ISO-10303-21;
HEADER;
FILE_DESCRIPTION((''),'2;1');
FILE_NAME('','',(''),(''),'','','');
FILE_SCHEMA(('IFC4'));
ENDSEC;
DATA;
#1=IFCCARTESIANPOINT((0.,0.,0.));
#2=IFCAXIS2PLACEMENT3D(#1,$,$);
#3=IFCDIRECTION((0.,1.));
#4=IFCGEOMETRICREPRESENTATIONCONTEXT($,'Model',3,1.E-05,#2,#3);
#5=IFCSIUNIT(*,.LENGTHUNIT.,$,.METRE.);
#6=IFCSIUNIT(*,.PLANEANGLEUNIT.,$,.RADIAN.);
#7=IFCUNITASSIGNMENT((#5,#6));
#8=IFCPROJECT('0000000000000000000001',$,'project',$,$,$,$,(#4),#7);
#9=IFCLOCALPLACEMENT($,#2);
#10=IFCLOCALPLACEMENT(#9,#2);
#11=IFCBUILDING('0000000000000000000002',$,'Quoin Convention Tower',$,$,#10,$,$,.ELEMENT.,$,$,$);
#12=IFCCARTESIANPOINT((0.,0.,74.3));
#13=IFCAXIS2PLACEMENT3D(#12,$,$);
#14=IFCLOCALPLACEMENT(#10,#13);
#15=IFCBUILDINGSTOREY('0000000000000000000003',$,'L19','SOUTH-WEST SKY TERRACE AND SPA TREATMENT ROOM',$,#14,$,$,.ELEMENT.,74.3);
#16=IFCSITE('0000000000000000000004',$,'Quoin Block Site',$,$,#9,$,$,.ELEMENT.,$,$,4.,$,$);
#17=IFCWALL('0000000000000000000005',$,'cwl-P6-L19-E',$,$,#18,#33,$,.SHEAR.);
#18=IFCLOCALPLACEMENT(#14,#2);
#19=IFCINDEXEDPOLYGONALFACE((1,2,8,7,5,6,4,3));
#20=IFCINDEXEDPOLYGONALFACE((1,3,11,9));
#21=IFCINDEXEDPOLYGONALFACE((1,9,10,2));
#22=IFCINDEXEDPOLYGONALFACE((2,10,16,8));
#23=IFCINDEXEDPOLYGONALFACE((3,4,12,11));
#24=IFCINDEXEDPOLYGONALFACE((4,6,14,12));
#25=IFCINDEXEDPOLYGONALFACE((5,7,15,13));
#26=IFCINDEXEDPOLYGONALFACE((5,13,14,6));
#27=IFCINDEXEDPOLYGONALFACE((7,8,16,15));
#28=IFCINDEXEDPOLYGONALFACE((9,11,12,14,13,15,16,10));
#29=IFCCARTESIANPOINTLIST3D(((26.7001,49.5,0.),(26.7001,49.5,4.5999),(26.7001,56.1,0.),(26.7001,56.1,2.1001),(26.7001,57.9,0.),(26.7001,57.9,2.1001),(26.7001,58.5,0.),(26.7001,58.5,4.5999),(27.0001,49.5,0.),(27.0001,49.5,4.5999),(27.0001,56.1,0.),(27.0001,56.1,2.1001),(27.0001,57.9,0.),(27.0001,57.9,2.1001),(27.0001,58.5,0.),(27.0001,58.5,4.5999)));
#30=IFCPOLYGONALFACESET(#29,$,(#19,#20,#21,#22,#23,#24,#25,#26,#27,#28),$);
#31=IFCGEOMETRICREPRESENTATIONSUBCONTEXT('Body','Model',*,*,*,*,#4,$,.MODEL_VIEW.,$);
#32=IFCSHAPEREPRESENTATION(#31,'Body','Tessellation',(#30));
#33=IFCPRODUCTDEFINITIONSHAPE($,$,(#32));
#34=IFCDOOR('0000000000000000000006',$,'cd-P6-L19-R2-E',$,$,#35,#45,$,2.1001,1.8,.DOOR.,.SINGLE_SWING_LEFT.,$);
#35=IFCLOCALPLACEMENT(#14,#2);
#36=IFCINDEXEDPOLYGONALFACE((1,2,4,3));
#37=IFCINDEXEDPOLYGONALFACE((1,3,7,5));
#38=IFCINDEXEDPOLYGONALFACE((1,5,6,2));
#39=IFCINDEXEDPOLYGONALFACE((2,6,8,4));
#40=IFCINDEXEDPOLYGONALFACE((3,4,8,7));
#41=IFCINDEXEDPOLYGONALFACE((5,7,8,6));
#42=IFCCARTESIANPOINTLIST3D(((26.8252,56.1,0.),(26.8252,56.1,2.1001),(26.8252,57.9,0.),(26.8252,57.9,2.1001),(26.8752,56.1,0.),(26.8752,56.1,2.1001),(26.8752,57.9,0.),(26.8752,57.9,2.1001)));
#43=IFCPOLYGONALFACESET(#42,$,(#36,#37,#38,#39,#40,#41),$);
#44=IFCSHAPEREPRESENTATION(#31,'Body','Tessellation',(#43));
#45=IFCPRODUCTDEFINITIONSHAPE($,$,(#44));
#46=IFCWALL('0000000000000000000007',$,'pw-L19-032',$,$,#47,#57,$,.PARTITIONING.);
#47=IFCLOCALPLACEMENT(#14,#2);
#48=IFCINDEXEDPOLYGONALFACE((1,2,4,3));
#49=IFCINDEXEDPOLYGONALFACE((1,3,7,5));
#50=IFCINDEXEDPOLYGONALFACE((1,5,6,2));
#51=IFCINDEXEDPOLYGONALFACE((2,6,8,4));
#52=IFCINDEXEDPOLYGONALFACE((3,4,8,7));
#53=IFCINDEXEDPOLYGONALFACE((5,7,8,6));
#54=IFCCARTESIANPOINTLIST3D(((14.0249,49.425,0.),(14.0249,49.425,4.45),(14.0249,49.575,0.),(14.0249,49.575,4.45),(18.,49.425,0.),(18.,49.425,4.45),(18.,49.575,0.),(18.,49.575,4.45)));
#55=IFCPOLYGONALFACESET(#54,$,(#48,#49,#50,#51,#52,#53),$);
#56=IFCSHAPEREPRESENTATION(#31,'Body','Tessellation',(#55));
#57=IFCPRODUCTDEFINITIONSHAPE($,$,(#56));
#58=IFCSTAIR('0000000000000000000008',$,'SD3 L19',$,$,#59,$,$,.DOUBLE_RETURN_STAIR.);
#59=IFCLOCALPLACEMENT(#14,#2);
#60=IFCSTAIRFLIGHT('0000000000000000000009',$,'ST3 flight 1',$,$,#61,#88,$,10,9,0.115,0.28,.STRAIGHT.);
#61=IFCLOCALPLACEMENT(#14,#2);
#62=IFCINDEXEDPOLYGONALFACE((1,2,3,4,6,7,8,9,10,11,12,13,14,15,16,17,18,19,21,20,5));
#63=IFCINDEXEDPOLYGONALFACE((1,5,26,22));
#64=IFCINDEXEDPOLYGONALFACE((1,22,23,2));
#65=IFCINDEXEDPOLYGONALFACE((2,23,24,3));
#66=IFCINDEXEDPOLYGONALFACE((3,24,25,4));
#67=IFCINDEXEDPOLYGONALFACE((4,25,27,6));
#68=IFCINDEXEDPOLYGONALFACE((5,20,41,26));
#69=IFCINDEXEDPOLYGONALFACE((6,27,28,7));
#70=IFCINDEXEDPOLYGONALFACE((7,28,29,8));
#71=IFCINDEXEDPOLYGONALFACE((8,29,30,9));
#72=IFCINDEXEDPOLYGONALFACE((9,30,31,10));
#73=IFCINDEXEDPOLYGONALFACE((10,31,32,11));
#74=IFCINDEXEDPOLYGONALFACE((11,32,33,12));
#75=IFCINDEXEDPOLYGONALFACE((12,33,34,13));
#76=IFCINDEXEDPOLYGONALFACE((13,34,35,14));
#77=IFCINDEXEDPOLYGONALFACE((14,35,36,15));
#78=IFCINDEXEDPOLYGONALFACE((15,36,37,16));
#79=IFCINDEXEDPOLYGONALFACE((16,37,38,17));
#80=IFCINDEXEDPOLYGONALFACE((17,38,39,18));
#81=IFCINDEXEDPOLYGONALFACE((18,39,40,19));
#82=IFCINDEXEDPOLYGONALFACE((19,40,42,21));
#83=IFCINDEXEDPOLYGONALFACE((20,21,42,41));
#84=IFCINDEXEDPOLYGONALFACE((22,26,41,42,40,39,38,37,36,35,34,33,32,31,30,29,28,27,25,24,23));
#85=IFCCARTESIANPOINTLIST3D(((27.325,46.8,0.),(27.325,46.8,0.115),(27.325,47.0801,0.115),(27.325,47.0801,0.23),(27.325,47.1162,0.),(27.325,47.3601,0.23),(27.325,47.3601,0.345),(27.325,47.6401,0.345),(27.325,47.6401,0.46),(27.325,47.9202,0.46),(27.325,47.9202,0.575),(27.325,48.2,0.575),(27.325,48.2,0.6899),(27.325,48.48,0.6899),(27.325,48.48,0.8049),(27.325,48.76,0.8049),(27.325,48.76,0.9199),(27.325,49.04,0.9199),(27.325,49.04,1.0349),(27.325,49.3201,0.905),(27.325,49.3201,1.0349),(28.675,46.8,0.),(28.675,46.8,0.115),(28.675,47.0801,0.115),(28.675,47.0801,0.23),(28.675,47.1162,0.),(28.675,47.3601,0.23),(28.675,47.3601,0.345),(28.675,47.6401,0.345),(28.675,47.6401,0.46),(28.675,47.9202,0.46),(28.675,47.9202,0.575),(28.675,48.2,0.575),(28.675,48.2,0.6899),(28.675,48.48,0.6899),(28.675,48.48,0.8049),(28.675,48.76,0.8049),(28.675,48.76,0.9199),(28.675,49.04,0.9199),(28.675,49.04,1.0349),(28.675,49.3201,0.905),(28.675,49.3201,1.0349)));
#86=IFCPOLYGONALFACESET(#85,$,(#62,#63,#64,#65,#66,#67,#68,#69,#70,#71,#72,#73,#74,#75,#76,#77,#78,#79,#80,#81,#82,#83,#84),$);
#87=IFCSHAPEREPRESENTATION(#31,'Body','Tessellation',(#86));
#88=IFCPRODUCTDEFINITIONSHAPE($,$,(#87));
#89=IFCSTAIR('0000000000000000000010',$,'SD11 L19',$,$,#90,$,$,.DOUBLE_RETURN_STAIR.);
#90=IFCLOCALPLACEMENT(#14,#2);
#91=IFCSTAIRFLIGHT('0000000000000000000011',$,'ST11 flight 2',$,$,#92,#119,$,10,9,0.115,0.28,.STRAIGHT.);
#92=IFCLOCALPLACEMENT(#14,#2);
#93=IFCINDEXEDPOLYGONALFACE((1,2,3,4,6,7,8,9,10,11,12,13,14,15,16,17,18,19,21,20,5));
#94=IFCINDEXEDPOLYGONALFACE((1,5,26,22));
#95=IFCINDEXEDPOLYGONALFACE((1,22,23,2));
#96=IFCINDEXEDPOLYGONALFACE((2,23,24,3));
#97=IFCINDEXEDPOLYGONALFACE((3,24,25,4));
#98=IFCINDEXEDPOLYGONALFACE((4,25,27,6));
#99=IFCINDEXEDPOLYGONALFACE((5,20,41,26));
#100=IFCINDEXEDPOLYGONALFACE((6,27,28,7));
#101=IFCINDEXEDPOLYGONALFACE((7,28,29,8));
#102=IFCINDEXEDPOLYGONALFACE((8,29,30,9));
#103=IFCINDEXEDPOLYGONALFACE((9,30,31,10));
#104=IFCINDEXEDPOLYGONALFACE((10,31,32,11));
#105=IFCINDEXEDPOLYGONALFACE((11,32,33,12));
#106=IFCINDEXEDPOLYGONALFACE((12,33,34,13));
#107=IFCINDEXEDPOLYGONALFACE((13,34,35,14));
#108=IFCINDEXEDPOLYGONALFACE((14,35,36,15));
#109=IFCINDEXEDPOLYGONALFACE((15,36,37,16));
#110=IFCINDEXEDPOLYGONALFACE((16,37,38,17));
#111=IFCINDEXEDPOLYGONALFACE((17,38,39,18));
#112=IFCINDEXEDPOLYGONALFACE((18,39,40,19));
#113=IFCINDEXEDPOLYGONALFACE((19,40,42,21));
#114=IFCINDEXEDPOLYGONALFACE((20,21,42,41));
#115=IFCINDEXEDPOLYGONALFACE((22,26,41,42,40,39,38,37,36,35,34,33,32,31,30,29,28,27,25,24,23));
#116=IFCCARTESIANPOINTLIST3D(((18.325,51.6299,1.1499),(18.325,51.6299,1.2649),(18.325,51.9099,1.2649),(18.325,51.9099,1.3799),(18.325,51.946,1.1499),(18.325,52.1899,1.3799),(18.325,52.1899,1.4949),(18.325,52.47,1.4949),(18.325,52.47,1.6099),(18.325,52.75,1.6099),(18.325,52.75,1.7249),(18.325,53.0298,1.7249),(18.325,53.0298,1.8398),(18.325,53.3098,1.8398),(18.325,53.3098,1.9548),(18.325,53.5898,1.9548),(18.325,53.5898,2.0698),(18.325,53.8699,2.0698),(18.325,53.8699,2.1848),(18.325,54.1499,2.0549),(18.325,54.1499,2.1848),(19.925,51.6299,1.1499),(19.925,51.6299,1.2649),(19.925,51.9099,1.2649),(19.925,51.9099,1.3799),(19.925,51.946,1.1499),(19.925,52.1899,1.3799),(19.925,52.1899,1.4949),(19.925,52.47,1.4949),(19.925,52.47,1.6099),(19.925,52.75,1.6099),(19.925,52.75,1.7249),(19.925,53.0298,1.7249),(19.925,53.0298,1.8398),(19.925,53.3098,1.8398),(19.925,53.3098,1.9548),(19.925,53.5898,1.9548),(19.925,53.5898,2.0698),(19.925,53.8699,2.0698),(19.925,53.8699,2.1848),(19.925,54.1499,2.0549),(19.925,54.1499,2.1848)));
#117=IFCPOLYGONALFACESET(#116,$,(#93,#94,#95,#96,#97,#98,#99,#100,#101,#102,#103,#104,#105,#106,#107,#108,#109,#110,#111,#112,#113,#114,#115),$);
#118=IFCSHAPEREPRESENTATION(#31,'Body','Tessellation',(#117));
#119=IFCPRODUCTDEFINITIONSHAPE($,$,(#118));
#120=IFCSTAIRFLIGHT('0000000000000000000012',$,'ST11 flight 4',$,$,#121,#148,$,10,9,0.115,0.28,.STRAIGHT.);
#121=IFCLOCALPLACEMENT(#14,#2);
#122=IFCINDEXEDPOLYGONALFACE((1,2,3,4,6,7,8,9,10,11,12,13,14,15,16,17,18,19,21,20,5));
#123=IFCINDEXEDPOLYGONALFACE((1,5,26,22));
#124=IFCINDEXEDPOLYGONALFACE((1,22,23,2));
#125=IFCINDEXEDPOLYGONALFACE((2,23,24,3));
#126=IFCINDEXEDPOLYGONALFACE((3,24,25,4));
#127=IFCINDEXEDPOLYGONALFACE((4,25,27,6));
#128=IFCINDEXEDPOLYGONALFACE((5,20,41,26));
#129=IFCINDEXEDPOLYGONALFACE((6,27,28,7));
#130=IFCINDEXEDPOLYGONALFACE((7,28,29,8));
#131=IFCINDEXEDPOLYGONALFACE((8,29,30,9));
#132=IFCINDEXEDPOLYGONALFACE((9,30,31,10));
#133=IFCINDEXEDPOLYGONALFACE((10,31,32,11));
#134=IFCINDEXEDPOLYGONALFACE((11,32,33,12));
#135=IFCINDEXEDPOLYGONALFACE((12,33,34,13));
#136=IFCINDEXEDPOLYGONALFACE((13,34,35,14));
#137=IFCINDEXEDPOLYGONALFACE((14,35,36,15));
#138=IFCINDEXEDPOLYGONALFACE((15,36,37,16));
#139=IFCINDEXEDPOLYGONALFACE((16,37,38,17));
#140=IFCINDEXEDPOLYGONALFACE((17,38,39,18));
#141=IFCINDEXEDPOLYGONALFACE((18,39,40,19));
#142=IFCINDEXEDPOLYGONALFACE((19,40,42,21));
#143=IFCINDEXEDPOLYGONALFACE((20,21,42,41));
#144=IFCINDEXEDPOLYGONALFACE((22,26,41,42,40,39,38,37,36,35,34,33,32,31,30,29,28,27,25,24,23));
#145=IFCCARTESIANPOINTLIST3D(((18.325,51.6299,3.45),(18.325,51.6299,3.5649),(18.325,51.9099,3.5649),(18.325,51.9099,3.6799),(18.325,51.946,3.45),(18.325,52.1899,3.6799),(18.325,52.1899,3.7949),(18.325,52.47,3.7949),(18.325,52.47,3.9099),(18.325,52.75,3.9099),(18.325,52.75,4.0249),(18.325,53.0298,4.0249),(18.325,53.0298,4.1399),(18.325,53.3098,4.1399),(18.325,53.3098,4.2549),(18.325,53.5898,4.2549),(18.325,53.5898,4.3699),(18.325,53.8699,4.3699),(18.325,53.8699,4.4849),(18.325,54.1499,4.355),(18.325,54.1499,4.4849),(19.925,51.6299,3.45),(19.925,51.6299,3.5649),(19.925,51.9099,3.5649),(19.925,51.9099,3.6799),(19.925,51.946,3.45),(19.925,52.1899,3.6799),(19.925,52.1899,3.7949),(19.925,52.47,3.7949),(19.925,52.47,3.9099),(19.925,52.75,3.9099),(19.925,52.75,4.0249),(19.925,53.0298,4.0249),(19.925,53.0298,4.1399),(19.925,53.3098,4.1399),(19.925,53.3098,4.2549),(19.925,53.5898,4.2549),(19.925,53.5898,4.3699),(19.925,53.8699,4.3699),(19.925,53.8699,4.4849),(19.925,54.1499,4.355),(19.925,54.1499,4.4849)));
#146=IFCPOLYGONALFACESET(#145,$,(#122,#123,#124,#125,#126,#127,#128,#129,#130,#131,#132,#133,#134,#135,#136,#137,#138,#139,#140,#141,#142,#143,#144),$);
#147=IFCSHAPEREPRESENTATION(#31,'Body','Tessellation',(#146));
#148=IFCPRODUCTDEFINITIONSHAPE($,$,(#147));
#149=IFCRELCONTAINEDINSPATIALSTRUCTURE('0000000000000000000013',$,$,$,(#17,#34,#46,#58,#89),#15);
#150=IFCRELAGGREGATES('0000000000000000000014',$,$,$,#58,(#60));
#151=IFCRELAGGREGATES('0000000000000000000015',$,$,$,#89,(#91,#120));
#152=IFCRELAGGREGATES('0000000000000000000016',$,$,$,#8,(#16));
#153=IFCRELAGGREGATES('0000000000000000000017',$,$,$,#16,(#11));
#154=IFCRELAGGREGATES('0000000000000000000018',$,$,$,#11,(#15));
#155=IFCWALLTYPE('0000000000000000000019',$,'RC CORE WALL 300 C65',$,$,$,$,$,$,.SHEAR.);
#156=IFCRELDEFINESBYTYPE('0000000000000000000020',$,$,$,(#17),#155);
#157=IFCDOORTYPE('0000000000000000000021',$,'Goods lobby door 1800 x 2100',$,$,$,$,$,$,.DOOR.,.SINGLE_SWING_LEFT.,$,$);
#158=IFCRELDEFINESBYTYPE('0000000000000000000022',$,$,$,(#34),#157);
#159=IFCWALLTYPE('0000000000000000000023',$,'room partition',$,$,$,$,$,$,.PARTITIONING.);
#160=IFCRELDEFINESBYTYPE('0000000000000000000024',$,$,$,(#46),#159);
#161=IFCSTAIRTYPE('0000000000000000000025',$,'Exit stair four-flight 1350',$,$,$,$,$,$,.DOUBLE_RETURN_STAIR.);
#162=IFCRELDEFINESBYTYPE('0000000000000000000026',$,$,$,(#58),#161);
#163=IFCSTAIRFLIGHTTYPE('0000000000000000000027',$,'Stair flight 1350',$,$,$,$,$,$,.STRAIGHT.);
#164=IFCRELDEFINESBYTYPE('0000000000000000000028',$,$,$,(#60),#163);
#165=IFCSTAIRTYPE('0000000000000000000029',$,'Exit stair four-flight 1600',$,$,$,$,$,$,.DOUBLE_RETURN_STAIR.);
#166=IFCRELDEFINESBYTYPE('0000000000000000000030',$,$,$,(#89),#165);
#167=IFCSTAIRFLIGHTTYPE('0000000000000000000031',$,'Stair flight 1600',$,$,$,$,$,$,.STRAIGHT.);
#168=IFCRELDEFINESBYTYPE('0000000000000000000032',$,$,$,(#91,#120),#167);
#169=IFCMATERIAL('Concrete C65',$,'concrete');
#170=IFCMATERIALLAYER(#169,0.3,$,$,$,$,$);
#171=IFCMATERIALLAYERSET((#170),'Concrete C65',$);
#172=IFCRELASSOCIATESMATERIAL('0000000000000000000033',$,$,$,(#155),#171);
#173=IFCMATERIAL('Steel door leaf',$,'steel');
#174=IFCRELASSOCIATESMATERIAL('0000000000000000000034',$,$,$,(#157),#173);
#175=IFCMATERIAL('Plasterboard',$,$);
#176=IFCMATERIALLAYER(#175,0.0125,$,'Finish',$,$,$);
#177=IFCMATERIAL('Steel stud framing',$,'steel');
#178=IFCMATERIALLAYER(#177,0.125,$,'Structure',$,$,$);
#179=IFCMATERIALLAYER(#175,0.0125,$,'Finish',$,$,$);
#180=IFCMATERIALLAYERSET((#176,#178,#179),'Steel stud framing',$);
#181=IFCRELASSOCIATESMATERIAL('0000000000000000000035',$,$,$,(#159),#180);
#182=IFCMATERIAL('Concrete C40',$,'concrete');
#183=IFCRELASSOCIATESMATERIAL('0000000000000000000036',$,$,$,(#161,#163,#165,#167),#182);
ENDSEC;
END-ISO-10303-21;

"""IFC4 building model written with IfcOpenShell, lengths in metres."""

from ifc_helpers import new_model, si_unit, direction, frame, frame_2d, origin, place, context, subcontext, project, spatial, polyline, rectangle, outline, extrude, material, layer, layer_set, type_object, element, fill, aggregate, save


model = new_model("IFC4")

# Units and contexts
model_context = context("Model", 3, precision=1e-05, world=origin(), true_north=direction((0.0, 1.0)))
body_context = subcontext(model_context, "Body", "Model", "MODEL_VIEW")
ifc_project = project(units=[si_unit("LENGTHUNIT", "METRE"), si_unit("PLANEANGLEUNIT", "RADIAN")], contexts=[model_context])

# Site, building, storey
site_placement = place(None, origin())
site = spatial("IfcSite", under=ifc_project, at=site_placement, Name="Quoin Block Site", CompositionType="ELEMENT", RefElevation=4.0)
building_placement = place(site_placement, origin())
building = spatial("IfcBuilding", under=site, at=building_placement, Name="Quoin Convention Tower", CompositionType="ELEMENT")
storey_placement = place(building_placement, frame((0.0, 0.0, 74.3)))
storey = spatial("IfcBuildingStorey", under=building, at=storey_placement, Name="L19", Description="SOUTH-WEST SKY TERRACE AND SPA TREATMENT ROOM", CompositionType="ELEMENT", Elevation=74.3)

# Shared definitions
ifc_material_1 = material(Name="Concrete C65", Category="concrete")

# Shared definitions
ifc_layer_1 = layer(ifc_material_1, 0.3)
ifc_layer_set_1 = layer_set([ifc_layer_1], Name="Concrete C65")
wall_type_1 = type_object("IfcWallType", Name="RC CORE WALL 300 C65", PredefinedType="SHEAR", material=ifc_layer_set_1)
ifc_material_2 = material(Name="Steel door leaf", Category="steel")

# Wall, opening, door
wall_1_placement = place(storey_placement, frame((26.8501, 49.5, 0.0), z_axis=(0.0, 0.0, 1.0), x_axis=(0.0, 1.0, 0.0)))
wall_1 = element("IfcWall", 1, at=wall_1_placement, inside=storey, type_object=wall_type_1, Name="cwl-P6-L19-E", PredefinedType="SHEAR", context=body_context, shape_type="SweptSolid", body=[
    extrude(rectangle(XDim=9.0, YDim=0.3, at=frame_2d((4.5, 0.0))), origin(), (0.0, 0.0, 1.0), 4.5999),
])
opening_1_placement = place(wall_1_placement, frame((6.6001, 0.0, 0.0)))
opening_1 = element("IfcOpeningElement", 2, at=opening_1_placement, cuts=wall_1, PredefinedType="OPENING", context=body_context, shape_type="SweptSolid", body=[
    extrude(rectangle(XDim=1.8, YDim=2.1001, at=frame_2d((0.8999, 1.05))), frame((0.0, 0.1599, 0.0), z_axis=(0.0, -1.0, 0.0), x_axis=(1.0, 0.0, 0.0)), (0.0, 0.0, 1.0), 0.3201),
])
door_type_1 = type_object("IfcDoorType", Name="Goods lobby door 1800 x 2100", OperationType="SINGLE_SWING_LEFT", PredefinedType="DOOR", material=ifc_material_2)
door_1_placement = place(opening_1_placement, origin())
door_1 = element("IfcDoor", 3, at=door_1_placement, inside=storey, type_object=door_type_1, Name="cd-P6-L19-R2-E", OperationType="SINGLE_SWING_LEFT", OverallHeight=2.1001, OverallWidth=1.8, PredefinedType="DOOR", context=body_context, shape_type="SweptSolid", body=[
    extrude(rectangle(XDim=1.8, YDim=2.1001, at=frame_2d((0.8999, 1.05))), frame((0.0, 0.0249, 0.0), z_axis=(0.0, -1.0, 0.0), x_axis=(1.0, 0.0, 0.0)), (0.0, 0.0, 1.0), 0.05),
])
fill(opening_1, door_1)

# Wall
ifc_material_3 = material(Name="Plasterboard")
ifc_layer_2 = layer(ifc_material_3, 0.0125, Name="Finish")
ifc_material_4 = material(Name="Steel stud framing", Category="steel")
ifc_layer_3 = layer(ifc_material_4, 0.125, Name="Structure")
ifc_layer_4 = layer(ifc_material_3, 0.0125, Name="Finish")
ifc_layer_set_2 = layer_set([ifc_layer_2, ifc_layer_3, ifc_layer_4], Name="Steel stud framing")
wall_type_2 = type_object("IfcWallType", Name="room partition", PredefinedType="PARTITIONING", material=ifc_layer_set_2)
wall_2_placement = place(storey_placement, frame((14.0249, 49.5, 0.0), z_axis=(0.0, 0.0, 1.0), x_axis=(1.0, 0.0, 0.0)))
element("IfcWall", 4, at=wall_2_placement, inside=storey, type_object=wall_type_2, Name="pw-L19-032", PredefinedType="PARTITIONING", context=body_context, shape_type="SweptSolid", body=[
    extrude(rectangle(XDim=3.9751, YDim=0.1499, at=frame_2d((1.9875, 0.0))), origin(), (0.0, 0.0, 1.0), 4.45),
])

# Stair, stair flight
ifc_material_5 = material(Name="Concrete C40", Category="concrete")
stair_type_1 = type_object("IfcStairType", Name="Exit stair four-flight 1350", PredefinedType="DOUBLE_RETURN_STAIR", material=ifc_material_5)
stair_1_placement = place(storey_placement, origin())
stair_1 = element("IfcStair", 5, at=stair_1_placement, inside=storey, type_object=stair_type_1, Name="SD3 L19", PredefinedType="DOUBLE_RETURN_STAIR")
stair_flight_type_1 = type_object("IfcStairFlightType", Name="Stair flight 1350", PredefinedType="STRAIGHT", material=ifc_material_5)
stair_flight_1_placement = place(storey_placement, frame((28.0, 46.8, 0.0), z_axis=(0.0, 0.0, 1.0), x_axis=(0.0, 1.0, 0.0)))
stair_flight_1 = element("IfcStairFlight", 6, at=stair_flight_1_placement, type_object=stair_flight_type_1, Name="ST3 flight 1", NumberOfRisers=10, NumberOfTreads=9, PredefinedType="STRAIGHT", RiserHeight=0.115, TreadLength=0.28, context=body_context, shape_type="SweptSolid", body=[
    extrude(outline(polyline([(0.0, 0.0), (0.0, 0.115), (0.28, 0.115), (0.28, 0.23), (0.5601, 0.23), (0.5601, 0.345), (0.8401, 0.345), (0.8401, 0.46), (1.1201, 0.46), (1.1201, 0.575), (1.3999, 0.575), (1.3999, 0.6899), (1.6799, 0.6899), (1.6799, 0.8049), (1.96, 0.8049), (1.96, 0.9199), (2.24, 0.9199), (2.24, 1.0349), (2.52, 1.0349), (2.52, 1.1499), (2.52, 0.905), (0.3162, 0.0), (0.0, 0.0)])), frame((0.0, 0.675, 0.0), z_axis=(0.0, -1.0, 0.0), x_axis=(1.0, 0.0, 0.0)), (0.0, 0.0, 1.0), 1.3501),
])
aggregate(stair_1, [stair_flight_1])

# Stair, stair flights
stair_type_2 = type_object("IfcStairType", Name="Exit stair four-flight 1600", PredefinedType="DOUBLE_RETURN_STAIR", material=ifc_material_5)
stair_2_placement = place(storey_placement, origin())
stair_2 = element("IfcStair", 7, at=stair_2_placement, inside=storey, type_object=stair_type_2, Name="SD11 L19", PredefinedType="DOUBLE_RETURN_STAIR")
stair_flight_type_2 = type_object("IfcStairFlightType", Name="Stair flight 1600", PredefinedType="STRAIGHT", material=ifc_material_5)
stair_flight_2_placement = place(storey_placement, frame((19.125, 51.6299, 1.1499), z_axis=(0.0, 0.0, 1.0), x_axis=(0.0, 1.0, 0.0)))
stair_flight_2 = element("IfcStairFlight", 8, at=stair_flight_2_placement, type_object=stair_flight_type_2, Name="ST11 flight 2", NumberOfRisers=10, NumberOfTreads=9, PredefinedType="STRAIGHT", RiserHeight=0.115, TreadLength=0.28, context=body_context, shape_type="SweptSolid", body=[
    extrude(outline(polyline([(0.0, 0.0), (0.0, 0.115), (0.28, 0.115), (0.28, 0.23), (0.5601, 0.23), (0.5601, 0.345), (0.8401, 0.345), (0.8401, 0.46), (1.1201, 0.46), (1.1201, 0.575), (1.3999, 0.575), (1.3999, 0.6899), (1.6799, 0.6899), (1.6799, 0.8049), (1.96, 0.8049), (1.96, 0.9199), (2.24, 0.9199), (2.24, 1.0349), (2.52, 1.0349), (2.52, 1.1499), (2.52, 0.905), (0.3162, 0.0), (0.0, 0.0)])), frame((0.0, 0.8, 0.0), z_axis=(0.0, -1.0, 0.0), x_axis=(1.0, 0.0, 0.0)), (0.0, 0.0, 1.0), 1.6001),
])
stair_flight_3_placement = place(storey_placement, frame((19.125, 51.6299, 3.45), z_axis=(0.0, 0.0, 1.0), x_axis=(0.0, 1.0, 0.0)))
stair_flight_3 = element("IfcStairFlight", 9, at=stair_flight_3_placement, type_object=stair_flight_type_2, Name="ST11 flight 4", NumberOfRisers=10, NumberOfTreads=9, PredefinedType="STRAIGHT", RiserHeight=0.115, TreadLength=0.28, context=body_context, shape_type="SweptSolid", body=[
    extrude(outline(polyline([(0.0, 0.0), (0.0, 0.115), (0.28, 0.115), (0.28, 0.23), (0.5601, 0.23), (0.5601, 0.345), (0.8401, 0.345), (0.8401, 0.46), (1.1201, 0.46), (1.1201, 0.575), (1.3999, 0.575), (1.3999, 0.6899), (1.6799, 0.6899), (1.6799, 0.8049), (1.96, 0.8049), (1.96, 0.9199), (2.24, 0.9199), (2.24, 1.0349), (2.52, 1.0349), (2.52, 1.1499), (2.52, 0.905), (0.3162, 0.0), (0.0, 0.0)])), frame((0.0, 0.8, 0.0), z_axis=(0.0, -1.0, 0.0), x_axis=(1.0, 0.0, 0.0)), (0.0, 0.0, 1.0), 1.6001),
])
aggregate(stair_2, [stair_flight_2, stair_flight_3])

save(model, "model.ifc")
